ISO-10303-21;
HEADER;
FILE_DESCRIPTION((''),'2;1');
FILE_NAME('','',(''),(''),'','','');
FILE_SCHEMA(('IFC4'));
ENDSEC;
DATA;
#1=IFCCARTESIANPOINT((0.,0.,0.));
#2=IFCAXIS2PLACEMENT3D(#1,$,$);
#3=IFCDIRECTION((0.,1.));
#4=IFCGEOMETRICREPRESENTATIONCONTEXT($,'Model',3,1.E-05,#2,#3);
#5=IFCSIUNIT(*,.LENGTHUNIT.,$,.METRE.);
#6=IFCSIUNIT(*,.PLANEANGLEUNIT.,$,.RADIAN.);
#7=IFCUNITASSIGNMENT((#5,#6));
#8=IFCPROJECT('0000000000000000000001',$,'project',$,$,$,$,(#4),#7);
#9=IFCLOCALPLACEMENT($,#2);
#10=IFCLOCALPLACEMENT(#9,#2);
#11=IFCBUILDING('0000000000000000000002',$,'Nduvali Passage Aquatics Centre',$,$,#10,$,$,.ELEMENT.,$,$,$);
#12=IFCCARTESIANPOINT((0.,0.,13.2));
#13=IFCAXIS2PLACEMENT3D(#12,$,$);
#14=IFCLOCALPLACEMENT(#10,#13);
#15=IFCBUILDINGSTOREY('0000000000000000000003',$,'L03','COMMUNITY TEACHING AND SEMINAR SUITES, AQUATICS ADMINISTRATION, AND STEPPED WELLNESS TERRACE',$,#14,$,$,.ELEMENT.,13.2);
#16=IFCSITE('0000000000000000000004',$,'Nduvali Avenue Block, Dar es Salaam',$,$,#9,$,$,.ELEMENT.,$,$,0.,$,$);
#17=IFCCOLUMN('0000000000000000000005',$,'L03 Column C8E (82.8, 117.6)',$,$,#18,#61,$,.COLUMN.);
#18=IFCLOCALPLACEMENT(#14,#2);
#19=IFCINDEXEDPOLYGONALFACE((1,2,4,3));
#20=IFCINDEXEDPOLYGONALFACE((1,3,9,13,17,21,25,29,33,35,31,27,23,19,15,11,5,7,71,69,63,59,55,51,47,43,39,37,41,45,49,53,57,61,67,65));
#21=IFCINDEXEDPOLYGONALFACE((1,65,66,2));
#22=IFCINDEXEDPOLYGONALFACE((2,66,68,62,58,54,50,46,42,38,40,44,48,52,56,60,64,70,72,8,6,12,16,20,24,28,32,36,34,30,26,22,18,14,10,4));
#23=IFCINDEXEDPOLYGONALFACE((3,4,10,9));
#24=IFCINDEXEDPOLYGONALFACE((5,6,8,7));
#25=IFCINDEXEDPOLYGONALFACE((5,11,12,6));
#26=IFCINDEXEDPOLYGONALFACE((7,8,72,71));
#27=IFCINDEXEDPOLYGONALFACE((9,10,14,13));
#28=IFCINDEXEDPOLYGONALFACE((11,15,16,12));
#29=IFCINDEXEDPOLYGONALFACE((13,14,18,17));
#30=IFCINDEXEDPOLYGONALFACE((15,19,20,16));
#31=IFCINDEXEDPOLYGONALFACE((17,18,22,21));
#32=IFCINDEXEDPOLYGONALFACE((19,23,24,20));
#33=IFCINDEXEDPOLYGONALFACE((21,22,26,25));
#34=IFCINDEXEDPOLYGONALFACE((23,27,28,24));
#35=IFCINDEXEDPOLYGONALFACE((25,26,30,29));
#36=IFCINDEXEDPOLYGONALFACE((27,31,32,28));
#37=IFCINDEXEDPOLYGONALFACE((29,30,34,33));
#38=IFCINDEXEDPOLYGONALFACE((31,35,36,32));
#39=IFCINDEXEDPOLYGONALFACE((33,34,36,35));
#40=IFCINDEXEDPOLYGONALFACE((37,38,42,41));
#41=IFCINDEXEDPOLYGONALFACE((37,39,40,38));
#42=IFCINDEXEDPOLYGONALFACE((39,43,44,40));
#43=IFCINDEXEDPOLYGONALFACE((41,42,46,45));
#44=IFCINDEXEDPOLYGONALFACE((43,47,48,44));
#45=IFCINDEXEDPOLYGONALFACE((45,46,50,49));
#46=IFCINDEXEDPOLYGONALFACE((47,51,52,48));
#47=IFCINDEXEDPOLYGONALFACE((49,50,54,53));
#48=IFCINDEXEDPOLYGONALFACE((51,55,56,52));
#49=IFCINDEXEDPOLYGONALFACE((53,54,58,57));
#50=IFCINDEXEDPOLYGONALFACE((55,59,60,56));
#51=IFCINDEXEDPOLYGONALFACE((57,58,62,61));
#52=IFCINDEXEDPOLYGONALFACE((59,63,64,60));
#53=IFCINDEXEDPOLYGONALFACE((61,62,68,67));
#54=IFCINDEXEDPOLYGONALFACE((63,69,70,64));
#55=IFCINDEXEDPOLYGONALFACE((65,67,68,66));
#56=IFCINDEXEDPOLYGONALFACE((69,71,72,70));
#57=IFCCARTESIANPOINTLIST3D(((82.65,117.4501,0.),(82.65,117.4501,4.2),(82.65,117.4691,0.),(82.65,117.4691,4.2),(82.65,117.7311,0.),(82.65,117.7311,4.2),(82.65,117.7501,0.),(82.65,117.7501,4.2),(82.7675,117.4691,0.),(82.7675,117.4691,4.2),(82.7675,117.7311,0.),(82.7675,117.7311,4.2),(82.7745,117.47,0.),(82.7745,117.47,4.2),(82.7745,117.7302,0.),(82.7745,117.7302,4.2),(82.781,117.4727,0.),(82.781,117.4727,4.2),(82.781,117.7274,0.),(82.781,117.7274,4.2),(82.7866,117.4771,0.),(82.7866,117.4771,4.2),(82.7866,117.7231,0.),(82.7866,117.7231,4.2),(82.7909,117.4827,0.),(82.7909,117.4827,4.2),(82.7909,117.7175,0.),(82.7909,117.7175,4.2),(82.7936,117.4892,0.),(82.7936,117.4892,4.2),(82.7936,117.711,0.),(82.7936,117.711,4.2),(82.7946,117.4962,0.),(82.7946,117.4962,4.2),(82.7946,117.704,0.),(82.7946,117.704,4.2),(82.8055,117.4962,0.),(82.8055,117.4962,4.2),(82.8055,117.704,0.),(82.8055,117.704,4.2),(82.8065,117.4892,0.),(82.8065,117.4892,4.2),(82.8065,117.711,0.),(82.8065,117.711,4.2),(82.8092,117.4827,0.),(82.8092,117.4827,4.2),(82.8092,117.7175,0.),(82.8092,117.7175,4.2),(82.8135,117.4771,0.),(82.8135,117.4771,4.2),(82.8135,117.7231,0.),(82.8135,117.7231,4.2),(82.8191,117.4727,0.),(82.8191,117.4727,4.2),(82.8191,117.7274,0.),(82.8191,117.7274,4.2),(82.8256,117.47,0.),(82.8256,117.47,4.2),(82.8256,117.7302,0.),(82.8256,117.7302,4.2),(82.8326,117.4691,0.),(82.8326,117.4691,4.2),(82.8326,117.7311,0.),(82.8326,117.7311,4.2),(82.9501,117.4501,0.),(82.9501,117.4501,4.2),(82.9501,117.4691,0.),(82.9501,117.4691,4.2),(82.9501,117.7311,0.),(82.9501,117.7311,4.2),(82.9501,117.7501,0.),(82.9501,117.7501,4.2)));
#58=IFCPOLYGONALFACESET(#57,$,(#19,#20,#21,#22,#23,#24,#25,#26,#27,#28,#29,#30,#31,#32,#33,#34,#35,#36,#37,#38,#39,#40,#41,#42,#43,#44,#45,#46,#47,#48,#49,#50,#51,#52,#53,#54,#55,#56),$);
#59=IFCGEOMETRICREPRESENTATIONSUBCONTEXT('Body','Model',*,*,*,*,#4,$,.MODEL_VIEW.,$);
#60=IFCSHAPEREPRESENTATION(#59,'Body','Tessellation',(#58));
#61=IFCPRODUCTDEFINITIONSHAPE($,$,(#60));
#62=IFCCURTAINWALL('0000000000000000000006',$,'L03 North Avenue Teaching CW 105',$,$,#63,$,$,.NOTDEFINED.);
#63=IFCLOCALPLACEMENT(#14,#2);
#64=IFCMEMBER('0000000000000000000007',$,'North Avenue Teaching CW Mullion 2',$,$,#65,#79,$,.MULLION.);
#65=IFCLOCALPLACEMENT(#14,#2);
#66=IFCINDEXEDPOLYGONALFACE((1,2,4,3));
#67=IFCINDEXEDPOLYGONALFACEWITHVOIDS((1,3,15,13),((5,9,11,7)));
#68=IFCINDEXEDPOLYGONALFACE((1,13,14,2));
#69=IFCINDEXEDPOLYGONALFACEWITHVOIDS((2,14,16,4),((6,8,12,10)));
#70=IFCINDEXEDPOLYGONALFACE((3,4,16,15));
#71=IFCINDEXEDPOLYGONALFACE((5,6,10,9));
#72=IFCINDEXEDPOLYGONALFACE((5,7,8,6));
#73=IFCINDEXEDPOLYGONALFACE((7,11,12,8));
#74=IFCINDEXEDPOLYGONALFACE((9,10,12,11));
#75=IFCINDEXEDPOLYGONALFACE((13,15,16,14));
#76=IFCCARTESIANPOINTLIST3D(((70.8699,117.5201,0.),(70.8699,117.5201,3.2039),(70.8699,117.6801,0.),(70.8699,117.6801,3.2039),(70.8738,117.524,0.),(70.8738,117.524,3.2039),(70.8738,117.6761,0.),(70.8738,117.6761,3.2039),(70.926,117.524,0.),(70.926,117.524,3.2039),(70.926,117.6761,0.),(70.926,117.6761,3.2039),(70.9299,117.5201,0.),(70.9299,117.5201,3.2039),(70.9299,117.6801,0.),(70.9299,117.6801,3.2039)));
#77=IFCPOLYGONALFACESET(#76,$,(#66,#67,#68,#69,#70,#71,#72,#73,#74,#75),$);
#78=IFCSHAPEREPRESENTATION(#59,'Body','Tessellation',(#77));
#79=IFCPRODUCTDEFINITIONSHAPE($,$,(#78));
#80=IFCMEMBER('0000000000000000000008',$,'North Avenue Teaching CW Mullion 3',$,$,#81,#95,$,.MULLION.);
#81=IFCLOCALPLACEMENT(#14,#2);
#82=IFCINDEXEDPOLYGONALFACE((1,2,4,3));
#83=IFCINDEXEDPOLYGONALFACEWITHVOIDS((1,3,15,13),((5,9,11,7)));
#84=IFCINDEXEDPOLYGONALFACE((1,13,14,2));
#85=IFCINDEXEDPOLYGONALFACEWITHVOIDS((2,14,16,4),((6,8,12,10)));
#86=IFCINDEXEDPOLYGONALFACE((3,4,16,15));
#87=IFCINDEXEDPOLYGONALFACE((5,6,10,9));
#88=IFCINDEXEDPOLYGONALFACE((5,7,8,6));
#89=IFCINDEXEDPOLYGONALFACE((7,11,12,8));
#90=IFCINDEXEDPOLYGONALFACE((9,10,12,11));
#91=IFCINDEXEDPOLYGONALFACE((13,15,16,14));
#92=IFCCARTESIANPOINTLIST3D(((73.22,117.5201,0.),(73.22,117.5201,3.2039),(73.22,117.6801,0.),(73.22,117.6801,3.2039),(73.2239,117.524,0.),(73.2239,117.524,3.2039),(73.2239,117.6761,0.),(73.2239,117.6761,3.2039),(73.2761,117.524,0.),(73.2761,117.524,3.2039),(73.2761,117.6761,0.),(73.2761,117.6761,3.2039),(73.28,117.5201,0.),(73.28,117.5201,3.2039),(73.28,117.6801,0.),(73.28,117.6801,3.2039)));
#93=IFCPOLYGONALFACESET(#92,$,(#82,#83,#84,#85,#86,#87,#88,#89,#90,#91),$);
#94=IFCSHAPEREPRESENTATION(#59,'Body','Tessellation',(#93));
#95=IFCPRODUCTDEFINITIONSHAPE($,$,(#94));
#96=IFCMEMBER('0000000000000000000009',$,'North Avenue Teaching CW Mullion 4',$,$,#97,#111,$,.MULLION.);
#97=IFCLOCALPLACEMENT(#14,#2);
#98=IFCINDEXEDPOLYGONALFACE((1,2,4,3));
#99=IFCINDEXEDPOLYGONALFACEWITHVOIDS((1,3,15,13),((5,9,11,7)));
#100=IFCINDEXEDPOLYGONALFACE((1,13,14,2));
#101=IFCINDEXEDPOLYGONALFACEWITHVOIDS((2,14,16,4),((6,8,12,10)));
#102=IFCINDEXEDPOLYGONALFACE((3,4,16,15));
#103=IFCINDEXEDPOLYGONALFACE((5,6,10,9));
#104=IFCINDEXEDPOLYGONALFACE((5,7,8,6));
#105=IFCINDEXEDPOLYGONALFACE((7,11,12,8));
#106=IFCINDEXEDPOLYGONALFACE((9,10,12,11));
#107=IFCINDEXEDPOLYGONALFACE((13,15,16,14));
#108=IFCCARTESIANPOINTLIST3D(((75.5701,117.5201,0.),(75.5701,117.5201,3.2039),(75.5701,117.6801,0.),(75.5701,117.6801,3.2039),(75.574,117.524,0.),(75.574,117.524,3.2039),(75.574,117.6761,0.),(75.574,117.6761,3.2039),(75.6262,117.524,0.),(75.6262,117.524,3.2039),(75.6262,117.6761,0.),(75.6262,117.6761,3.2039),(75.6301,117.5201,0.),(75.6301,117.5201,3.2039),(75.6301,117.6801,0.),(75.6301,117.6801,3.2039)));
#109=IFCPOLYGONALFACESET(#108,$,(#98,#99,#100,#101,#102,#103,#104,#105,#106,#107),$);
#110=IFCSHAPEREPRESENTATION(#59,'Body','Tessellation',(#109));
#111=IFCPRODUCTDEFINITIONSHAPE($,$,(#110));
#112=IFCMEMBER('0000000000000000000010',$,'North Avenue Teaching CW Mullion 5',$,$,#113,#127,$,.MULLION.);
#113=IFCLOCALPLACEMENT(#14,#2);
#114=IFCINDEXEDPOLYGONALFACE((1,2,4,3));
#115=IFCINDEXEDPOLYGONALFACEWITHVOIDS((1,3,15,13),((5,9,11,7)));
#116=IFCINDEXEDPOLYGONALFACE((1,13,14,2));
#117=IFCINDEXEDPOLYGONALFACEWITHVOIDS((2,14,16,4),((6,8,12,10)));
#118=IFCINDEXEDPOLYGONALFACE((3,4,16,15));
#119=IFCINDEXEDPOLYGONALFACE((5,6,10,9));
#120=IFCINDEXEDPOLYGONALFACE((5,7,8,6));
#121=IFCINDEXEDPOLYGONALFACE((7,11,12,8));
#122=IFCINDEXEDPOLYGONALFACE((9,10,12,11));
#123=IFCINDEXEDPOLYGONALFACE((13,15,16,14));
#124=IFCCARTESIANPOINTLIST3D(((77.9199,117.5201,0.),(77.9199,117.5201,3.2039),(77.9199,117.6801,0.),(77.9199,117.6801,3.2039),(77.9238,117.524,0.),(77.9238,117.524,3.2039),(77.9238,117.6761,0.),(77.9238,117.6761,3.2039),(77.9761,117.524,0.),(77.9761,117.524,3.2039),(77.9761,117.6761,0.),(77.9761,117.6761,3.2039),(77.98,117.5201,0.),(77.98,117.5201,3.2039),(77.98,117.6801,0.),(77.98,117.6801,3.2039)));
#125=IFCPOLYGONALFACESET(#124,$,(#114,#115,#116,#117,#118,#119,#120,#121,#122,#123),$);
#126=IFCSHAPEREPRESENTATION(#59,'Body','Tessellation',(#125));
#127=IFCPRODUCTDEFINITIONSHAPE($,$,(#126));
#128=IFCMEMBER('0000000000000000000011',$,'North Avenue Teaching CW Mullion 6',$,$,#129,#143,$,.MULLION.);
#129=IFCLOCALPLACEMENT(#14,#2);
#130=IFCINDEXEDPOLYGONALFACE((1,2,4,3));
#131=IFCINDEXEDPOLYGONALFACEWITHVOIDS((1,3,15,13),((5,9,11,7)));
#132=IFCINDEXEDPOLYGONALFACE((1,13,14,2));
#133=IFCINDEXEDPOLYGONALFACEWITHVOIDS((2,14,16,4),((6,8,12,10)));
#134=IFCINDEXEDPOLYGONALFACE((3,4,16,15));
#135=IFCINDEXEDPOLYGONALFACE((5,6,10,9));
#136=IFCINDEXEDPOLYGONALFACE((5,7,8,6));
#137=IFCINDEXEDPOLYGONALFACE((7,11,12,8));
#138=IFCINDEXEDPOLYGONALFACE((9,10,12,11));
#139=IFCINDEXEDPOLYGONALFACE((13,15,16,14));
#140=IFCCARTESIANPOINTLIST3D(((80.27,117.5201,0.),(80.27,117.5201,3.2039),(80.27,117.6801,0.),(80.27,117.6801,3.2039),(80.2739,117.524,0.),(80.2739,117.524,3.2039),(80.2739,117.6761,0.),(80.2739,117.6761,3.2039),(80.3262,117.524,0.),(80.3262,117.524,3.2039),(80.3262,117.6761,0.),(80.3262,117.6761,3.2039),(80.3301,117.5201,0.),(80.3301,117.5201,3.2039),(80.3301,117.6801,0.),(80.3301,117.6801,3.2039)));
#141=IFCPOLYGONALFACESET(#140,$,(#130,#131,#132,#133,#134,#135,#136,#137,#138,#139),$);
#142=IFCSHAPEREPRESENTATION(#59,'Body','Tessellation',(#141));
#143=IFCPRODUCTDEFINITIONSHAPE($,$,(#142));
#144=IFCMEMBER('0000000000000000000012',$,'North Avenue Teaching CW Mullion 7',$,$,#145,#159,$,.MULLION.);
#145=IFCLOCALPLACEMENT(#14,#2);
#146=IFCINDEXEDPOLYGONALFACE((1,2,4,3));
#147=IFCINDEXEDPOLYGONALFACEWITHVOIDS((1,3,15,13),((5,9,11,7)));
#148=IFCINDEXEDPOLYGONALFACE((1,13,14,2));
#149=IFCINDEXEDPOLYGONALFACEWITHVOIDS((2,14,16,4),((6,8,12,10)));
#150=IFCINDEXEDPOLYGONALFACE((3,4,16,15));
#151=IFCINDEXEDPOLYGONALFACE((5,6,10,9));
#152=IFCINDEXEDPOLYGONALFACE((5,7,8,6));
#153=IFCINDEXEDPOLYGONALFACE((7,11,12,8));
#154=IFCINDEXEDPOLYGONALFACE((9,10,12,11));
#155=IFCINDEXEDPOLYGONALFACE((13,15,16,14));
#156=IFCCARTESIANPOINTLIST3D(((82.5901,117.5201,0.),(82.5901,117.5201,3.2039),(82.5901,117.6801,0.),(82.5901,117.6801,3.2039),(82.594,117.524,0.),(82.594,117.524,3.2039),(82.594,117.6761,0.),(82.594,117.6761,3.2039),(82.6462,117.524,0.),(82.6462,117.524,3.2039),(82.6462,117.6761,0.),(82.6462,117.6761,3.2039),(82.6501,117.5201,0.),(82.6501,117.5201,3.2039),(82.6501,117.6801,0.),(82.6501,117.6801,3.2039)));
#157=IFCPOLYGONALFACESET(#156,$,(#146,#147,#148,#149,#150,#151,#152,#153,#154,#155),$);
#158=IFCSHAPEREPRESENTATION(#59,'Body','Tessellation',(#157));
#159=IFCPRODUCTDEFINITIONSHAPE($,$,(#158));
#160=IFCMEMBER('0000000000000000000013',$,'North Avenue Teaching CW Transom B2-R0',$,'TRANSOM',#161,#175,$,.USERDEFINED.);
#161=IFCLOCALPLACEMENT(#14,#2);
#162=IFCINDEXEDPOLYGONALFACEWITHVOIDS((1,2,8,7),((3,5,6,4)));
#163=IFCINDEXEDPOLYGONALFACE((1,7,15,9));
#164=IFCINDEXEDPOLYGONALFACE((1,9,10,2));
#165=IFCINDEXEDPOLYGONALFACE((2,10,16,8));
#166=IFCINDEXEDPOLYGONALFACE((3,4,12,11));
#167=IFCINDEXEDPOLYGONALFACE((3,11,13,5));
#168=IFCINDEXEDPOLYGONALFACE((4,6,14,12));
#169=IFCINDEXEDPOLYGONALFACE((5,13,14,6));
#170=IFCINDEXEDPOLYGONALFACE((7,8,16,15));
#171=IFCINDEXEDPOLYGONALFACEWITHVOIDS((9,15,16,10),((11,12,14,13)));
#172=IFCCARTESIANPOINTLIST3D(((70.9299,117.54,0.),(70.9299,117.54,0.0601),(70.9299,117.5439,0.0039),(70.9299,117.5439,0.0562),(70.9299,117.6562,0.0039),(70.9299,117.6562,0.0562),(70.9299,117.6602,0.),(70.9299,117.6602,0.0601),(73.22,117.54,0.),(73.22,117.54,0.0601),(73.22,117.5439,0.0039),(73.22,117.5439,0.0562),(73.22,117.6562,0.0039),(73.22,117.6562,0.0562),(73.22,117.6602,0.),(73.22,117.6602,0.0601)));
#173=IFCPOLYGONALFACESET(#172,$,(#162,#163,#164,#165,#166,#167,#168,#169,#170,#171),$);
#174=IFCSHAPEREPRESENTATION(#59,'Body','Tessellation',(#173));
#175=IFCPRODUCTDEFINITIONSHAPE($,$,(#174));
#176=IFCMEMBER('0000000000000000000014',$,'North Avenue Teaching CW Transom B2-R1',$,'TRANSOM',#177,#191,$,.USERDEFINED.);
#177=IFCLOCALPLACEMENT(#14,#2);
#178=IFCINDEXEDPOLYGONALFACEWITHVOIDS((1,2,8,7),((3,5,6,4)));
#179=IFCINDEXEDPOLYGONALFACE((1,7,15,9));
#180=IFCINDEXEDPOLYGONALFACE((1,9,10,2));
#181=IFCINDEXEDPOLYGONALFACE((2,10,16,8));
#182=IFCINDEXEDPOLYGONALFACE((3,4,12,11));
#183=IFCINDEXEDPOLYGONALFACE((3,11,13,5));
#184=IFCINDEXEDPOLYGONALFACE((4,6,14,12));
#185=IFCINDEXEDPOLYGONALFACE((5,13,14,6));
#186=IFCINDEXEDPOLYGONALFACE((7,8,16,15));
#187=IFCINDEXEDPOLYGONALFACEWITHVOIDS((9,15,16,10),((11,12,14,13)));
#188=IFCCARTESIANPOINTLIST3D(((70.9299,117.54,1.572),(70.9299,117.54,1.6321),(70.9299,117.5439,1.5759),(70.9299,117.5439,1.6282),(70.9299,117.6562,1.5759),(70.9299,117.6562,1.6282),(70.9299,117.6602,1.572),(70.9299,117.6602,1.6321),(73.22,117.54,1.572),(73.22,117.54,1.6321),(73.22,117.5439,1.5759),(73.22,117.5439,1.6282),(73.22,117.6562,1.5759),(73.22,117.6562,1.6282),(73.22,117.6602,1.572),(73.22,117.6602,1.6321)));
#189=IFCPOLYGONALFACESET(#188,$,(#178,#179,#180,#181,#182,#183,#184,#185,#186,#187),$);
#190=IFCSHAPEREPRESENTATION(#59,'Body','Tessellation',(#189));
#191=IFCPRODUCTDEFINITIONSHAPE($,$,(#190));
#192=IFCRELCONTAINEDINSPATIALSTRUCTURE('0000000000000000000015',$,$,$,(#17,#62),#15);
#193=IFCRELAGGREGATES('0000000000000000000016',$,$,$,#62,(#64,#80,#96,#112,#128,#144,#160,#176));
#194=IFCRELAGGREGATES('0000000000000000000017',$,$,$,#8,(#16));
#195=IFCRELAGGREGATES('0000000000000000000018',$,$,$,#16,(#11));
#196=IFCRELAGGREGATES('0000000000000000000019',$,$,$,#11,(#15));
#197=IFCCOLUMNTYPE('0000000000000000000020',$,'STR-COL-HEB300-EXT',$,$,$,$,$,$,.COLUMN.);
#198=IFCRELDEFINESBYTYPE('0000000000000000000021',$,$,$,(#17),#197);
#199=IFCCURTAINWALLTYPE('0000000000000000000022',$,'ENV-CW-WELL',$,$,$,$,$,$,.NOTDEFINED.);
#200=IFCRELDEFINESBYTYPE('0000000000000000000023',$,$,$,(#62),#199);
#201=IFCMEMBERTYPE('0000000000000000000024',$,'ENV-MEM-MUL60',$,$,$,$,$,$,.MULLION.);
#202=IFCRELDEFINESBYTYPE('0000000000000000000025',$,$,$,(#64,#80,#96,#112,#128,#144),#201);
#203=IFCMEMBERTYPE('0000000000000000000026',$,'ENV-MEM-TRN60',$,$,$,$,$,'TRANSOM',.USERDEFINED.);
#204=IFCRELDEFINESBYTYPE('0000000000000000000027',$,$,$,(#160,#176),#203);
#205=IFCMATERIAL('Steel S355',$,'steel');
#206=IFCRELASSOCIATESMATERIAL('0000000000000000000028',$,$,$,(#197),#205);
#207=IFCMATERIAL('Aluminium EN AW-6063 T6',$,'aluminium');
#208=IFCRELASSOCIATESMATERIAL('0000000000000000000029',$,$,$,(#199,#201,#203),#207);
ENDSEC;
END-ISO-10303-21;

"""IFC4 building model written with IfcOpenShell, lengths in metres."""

from ifc_helpers import new_model, si_unit, direction, frame, origin, origin_2d, place, context, subcontext, project, spatial, hollow_rectangle, i_section, extrude, material, material_profile, profile_set, type_object, element, aggregate, save


model = new_model("IFC4")

# Units and contexts
model_context = context("Model", 3, precision=1e-05, world=origin(), true_north=direction((0.0, 1.0)))
body_context = subcontext(model_context, "Body", "Model", "MODEL_VIEW")
ifc_project = project(units=[si_unit("LENGTHUNIT", "METRE"), si_unit("PLANEANGLEUNIT", "RADIAN")], contexts=[model_context])

# Site, building, storey
site_placement = place(None, origin())
site = spatial("IfcSite", under=ifc_project, at=site_placement, Name="Nduvali Avenue Block, Dar es Salaam", CompositionType="ELEMENT", RefElevation=0.0)
building_placement = place(site_placement, origin())
building = spatial("IfcBuilding", under=site, at=building_placement, Name="Nduvali Passage Aquatics Centre", CompositionType="ELEMENT")
storey_placement = place(building_placement, frame((0.0, 0.0, 13.2)))
storey = spatial("IfcBuildingStorey", under=building, at=storey_placement, Name="L03", Description="COMMUNITY TEACHING AND SEMINAR SUITES, AQUATICS ADMINISTRATION, AND STEPPED WELLNESS TERRACE", CompositionType="ELEMENT", Elevation=13.2)

# Column
ifc_material_1 = material(Name="Steel S355", Category="steel")
ifc_material_profile_1 = material_profile(ifc_material_1, i_section(OverallWidth=0.3, OverallDepth=0.3, WebThickness=0.011, FlangeThickness=0.019, FilletRadius=0.0271, at=origin_2d()), Name="HEB 300")
ifc_profile_set_1 = profile_set([ifc_material_profile_1], Name="Steel S355")
column_type = type_object("IfcColumnType", Name="STR-COL-HEB300-EXT", PredefinedType="COLUMN", material=ifc_profile_set_1)
column_placement = place(storey_placement, frame((82.8, 117.6001, 0.0), z_axis=(0.0, 0.0, 1.0), x_axis=(1.0, 0.0, 0.0)))
element("IfcColumn", 1, at=column_placement, inside=storey, type_object=column_type, Name="L03 Column C8E (82.8, 117.6)", PredefinedType="COLUMN", context=body_context, shape_type="SweptSolid", body=[
    extrude(i_section(OverallWidth=0.3, OverallDepth=0.3, WebThickness=0.011, FlangeThickness=0.019, FilletRadius=0.0271, at=origin_2d()), origin(), (0.0, 0.0, 1.0), 4.2),
])

# Curtain wall, members
ifc_material_2 = material(Name="Aluminium EN AW-6063 T6", Category="aluminium")
curtain_wall_type = type_object("IfcCurtainWallType", Name="ENV-CW-WELL", PredefinedType="NOTDEFINED", material=ifc_material_2)
curtain_wall_placement = place(storey_placement, origin())
curtain_wall = element("IfcCurtainWall", 2, at=curtain_wall_placement, inside=storey, type_object=curtain_wall_type, Name="L03 North Avenue Teaching CW 105", PredefinedType="NOTDEFINED")
ifc_material_profile_2 = material_profile(ifc_material_2, hollow_rectangle(XDim=0.0601, YDim=0.1599, WallThickness=0.0039, at=origin_2d()), Name="ALU MULLION 60x160x4")
ifc_profile_set_2 = profile_set([ifc_material_profile_2], Name="Aluminium EN AW-6063 T6")
member_type_1 = type_object("IfcMemberType", Name="ENV-MEM-MUL60", PredefinedType="MULLION", material=ifc_profile_set_2)
member_1_placement = place(storey_placement, frame((70.8999, 117.6001, 0.0), z_axis=(0.0, 0.0, 1.0), x_axis=(1.0, 0.0, 0.0)))
member_1 = element("IfcMember", 3, at=member_1_placement, type_object=member_type_1, Name="North Avenue Teaching CW Mullion 2", PredefinedType="MULLION", context=body_context, shape_type="SweptSolid", body=[
    extrude(hollow_rectangle(XDim=0.0601, YDim=0.1599, WallThickness=0.0039, at=origin_2d()), origin(), (0.0, 0.0, 1.0), 3.2039),
])
member_2_placement = place(storey_placement, frame((73.25, 117.6001, 0.0), z_axis=(0.0, 0.0, 1.0), x_axis=(1.0, 0.0, 0.0)))
member_2 = element("IfcMember", 4, at=member_2_placement, type_object=member_type_1, Name="North Avenue Teaching CW Mullion 3", PredefinedType="MULLION", context=body_context, shape_type="SweptSolid", body=[
    extrude(hollow_rectangle(XDim=0.0601, YDim=0.1599, WallThickness=0.0039, at=origin_2d()), origin(), (0.0, 0.0, 1.0), 3.2039),
])
member_3_placement = place(storey_placement, frame((75.6001, 117.6001, 0.0), z_axis=(0.0, 0.0, 1.0), x_axis=(1.0, 0.0, 0.0)))
member_3 = element("IfcMember", 5, at=member_3_placement, type_object=member_type_1, Name="North Avenue Teaching CW Mullion 4", PredefinedType="MULLION", context=body_context, shape_type="SweptSolid", body=[
    extrude(hollow_rectangle(XDim=0.0601, YDim=0.1599, WallThickness=0.0039, at=origin_2d()), origin(), (0.0, 0.0, 1.0), 3.2039),
])
member_4_placement = place(storey_placement, frame((77.95, 117.6001, 0.0), z_axis=(0.0, 0.0, 1.0), x_axis=(1.0, 0.0, 0.0)))
member_4 = element("IfcMember", 6, at=member_4_placement, type_object=member_type_1, Name="North Avenue Teaching CW Mullion 5", PredefinedType="MULLION", context=body_context, shape_type="SweptSolid", body=[
    extrude(hollow_rectangle(XDim=0.0601, YDim=0.1599, WallThickness=0.0039, at=origin_2d()), origin(), (0.0, 0.0, 1.0), 3.2039),
])
member_5_placement = place(storey_placement, frame((80.3, 117.6001, 0.0), z_axis=(0.0, 0.0, 1.0), x_axis=(1.0, 0.0, 0.0)))
member_5 = element("IfcMember", 7, at=member_5_placement, type_object=member_type_1, Name="North Avenue Teaching CW Mullion 6", PredefinedType="MULLION", context=body_context, shape_type="SweptSolid", body=[
    extrude(hollow_rectangle(XDim=0.0601, YDim=0.1599, WallThickness=0.0039, at=origin_2d()), origin(), (0.0, 0.0, 1.0), 3.2039),
])
member_6_placement = place(storey_placement, frame((82.6201, 117.6001, 0.0), z_axis=(0.0, 0.0, 1.0), x_axis=(1.0, 0.0, 0.0)))
member_6 = element("IfcMember", 8, at=member_6_placement, type_object=member_type_1, Name="North Avenue Teaching CW Mullion 7", PredefinedType="MULLION", context=body_context, shape_type="SweptSolid", body=[
    extrude(hollow_rectangle(XDim=0.0601, YDim=0.1599, WallThickness=0.0039, at=origin_2d()), origin(), (0.0, 0.0, 1.0), 3.2039),
])
ifc_material_profile_3 = material_profile(ifc_material_2, hollow_rectangle(XDim=0.1201, YDim=0.0601, WallThickness=0.0039, at=origin_2d()), Name="ALU TRANSOM 120x60x4")
ifc_profile_set_3 = profile_set([ifc_material_profile_3], Name="Aluminium EN AW-6063 T6")
member_type_2 = type_object("IfcMemberType", Name="ENV-MEM-TRN60", ElementType="TRANSOM", PredefinedType="USERDEFINED", material=ifc_profile_set_3)
member_7_placement = place(storey_placement, frame((70.9299, 117.6001, 0.03), z_axis=(1.0, 0.0, 0.0), x_axis=(0.0, 1.0, 0.0)))
member_7 = element("IfcMember", 9, at=member_7_placement, type_object=member_type_2, Name="North Avenue Teaching CW Transom B2-R0", ObjectType="TRANSOM", PredefinedType="USERDEFINED", context=body_context, shape_type="SweptSolid", body=[
    extrude(hollow_rectangle(XDim=0.1201, YDim=0.0601, WallThickness=0.0039, at=origin_2d()), origin(), (0.0, 0.0, 1.0), 2.29),
])
member_8_placement = place(storey_placement, frame((70.9299, 117.6001, 1.6021), z_axis=(1.0, 0.0, 0.0), x_axis=(0.0, 1.0, 0.0)))
member_8 = element("IfcMember", 10, at=member_8_placement, type_object=member_type_2, Name="North Avenue Teaching CW Transom B2-R1", ObjectType="TRANSOM", PredefinedType="USERDEFINED", context=body_context, shape_type="SweptSolid", body=[
    extrude(hollow_rectangle(XDim=0.1201, YDim=0.0601, WallThickness=0.0039, at=origin_2d()), origin(), (0.0, 0.0, 1.0), 2.29),
])
aggregate(curtain_wall, [member_1, member_2, member_3, member_4, member_5, member_6, member_7, member_8])

save(model, "model.ifc")
